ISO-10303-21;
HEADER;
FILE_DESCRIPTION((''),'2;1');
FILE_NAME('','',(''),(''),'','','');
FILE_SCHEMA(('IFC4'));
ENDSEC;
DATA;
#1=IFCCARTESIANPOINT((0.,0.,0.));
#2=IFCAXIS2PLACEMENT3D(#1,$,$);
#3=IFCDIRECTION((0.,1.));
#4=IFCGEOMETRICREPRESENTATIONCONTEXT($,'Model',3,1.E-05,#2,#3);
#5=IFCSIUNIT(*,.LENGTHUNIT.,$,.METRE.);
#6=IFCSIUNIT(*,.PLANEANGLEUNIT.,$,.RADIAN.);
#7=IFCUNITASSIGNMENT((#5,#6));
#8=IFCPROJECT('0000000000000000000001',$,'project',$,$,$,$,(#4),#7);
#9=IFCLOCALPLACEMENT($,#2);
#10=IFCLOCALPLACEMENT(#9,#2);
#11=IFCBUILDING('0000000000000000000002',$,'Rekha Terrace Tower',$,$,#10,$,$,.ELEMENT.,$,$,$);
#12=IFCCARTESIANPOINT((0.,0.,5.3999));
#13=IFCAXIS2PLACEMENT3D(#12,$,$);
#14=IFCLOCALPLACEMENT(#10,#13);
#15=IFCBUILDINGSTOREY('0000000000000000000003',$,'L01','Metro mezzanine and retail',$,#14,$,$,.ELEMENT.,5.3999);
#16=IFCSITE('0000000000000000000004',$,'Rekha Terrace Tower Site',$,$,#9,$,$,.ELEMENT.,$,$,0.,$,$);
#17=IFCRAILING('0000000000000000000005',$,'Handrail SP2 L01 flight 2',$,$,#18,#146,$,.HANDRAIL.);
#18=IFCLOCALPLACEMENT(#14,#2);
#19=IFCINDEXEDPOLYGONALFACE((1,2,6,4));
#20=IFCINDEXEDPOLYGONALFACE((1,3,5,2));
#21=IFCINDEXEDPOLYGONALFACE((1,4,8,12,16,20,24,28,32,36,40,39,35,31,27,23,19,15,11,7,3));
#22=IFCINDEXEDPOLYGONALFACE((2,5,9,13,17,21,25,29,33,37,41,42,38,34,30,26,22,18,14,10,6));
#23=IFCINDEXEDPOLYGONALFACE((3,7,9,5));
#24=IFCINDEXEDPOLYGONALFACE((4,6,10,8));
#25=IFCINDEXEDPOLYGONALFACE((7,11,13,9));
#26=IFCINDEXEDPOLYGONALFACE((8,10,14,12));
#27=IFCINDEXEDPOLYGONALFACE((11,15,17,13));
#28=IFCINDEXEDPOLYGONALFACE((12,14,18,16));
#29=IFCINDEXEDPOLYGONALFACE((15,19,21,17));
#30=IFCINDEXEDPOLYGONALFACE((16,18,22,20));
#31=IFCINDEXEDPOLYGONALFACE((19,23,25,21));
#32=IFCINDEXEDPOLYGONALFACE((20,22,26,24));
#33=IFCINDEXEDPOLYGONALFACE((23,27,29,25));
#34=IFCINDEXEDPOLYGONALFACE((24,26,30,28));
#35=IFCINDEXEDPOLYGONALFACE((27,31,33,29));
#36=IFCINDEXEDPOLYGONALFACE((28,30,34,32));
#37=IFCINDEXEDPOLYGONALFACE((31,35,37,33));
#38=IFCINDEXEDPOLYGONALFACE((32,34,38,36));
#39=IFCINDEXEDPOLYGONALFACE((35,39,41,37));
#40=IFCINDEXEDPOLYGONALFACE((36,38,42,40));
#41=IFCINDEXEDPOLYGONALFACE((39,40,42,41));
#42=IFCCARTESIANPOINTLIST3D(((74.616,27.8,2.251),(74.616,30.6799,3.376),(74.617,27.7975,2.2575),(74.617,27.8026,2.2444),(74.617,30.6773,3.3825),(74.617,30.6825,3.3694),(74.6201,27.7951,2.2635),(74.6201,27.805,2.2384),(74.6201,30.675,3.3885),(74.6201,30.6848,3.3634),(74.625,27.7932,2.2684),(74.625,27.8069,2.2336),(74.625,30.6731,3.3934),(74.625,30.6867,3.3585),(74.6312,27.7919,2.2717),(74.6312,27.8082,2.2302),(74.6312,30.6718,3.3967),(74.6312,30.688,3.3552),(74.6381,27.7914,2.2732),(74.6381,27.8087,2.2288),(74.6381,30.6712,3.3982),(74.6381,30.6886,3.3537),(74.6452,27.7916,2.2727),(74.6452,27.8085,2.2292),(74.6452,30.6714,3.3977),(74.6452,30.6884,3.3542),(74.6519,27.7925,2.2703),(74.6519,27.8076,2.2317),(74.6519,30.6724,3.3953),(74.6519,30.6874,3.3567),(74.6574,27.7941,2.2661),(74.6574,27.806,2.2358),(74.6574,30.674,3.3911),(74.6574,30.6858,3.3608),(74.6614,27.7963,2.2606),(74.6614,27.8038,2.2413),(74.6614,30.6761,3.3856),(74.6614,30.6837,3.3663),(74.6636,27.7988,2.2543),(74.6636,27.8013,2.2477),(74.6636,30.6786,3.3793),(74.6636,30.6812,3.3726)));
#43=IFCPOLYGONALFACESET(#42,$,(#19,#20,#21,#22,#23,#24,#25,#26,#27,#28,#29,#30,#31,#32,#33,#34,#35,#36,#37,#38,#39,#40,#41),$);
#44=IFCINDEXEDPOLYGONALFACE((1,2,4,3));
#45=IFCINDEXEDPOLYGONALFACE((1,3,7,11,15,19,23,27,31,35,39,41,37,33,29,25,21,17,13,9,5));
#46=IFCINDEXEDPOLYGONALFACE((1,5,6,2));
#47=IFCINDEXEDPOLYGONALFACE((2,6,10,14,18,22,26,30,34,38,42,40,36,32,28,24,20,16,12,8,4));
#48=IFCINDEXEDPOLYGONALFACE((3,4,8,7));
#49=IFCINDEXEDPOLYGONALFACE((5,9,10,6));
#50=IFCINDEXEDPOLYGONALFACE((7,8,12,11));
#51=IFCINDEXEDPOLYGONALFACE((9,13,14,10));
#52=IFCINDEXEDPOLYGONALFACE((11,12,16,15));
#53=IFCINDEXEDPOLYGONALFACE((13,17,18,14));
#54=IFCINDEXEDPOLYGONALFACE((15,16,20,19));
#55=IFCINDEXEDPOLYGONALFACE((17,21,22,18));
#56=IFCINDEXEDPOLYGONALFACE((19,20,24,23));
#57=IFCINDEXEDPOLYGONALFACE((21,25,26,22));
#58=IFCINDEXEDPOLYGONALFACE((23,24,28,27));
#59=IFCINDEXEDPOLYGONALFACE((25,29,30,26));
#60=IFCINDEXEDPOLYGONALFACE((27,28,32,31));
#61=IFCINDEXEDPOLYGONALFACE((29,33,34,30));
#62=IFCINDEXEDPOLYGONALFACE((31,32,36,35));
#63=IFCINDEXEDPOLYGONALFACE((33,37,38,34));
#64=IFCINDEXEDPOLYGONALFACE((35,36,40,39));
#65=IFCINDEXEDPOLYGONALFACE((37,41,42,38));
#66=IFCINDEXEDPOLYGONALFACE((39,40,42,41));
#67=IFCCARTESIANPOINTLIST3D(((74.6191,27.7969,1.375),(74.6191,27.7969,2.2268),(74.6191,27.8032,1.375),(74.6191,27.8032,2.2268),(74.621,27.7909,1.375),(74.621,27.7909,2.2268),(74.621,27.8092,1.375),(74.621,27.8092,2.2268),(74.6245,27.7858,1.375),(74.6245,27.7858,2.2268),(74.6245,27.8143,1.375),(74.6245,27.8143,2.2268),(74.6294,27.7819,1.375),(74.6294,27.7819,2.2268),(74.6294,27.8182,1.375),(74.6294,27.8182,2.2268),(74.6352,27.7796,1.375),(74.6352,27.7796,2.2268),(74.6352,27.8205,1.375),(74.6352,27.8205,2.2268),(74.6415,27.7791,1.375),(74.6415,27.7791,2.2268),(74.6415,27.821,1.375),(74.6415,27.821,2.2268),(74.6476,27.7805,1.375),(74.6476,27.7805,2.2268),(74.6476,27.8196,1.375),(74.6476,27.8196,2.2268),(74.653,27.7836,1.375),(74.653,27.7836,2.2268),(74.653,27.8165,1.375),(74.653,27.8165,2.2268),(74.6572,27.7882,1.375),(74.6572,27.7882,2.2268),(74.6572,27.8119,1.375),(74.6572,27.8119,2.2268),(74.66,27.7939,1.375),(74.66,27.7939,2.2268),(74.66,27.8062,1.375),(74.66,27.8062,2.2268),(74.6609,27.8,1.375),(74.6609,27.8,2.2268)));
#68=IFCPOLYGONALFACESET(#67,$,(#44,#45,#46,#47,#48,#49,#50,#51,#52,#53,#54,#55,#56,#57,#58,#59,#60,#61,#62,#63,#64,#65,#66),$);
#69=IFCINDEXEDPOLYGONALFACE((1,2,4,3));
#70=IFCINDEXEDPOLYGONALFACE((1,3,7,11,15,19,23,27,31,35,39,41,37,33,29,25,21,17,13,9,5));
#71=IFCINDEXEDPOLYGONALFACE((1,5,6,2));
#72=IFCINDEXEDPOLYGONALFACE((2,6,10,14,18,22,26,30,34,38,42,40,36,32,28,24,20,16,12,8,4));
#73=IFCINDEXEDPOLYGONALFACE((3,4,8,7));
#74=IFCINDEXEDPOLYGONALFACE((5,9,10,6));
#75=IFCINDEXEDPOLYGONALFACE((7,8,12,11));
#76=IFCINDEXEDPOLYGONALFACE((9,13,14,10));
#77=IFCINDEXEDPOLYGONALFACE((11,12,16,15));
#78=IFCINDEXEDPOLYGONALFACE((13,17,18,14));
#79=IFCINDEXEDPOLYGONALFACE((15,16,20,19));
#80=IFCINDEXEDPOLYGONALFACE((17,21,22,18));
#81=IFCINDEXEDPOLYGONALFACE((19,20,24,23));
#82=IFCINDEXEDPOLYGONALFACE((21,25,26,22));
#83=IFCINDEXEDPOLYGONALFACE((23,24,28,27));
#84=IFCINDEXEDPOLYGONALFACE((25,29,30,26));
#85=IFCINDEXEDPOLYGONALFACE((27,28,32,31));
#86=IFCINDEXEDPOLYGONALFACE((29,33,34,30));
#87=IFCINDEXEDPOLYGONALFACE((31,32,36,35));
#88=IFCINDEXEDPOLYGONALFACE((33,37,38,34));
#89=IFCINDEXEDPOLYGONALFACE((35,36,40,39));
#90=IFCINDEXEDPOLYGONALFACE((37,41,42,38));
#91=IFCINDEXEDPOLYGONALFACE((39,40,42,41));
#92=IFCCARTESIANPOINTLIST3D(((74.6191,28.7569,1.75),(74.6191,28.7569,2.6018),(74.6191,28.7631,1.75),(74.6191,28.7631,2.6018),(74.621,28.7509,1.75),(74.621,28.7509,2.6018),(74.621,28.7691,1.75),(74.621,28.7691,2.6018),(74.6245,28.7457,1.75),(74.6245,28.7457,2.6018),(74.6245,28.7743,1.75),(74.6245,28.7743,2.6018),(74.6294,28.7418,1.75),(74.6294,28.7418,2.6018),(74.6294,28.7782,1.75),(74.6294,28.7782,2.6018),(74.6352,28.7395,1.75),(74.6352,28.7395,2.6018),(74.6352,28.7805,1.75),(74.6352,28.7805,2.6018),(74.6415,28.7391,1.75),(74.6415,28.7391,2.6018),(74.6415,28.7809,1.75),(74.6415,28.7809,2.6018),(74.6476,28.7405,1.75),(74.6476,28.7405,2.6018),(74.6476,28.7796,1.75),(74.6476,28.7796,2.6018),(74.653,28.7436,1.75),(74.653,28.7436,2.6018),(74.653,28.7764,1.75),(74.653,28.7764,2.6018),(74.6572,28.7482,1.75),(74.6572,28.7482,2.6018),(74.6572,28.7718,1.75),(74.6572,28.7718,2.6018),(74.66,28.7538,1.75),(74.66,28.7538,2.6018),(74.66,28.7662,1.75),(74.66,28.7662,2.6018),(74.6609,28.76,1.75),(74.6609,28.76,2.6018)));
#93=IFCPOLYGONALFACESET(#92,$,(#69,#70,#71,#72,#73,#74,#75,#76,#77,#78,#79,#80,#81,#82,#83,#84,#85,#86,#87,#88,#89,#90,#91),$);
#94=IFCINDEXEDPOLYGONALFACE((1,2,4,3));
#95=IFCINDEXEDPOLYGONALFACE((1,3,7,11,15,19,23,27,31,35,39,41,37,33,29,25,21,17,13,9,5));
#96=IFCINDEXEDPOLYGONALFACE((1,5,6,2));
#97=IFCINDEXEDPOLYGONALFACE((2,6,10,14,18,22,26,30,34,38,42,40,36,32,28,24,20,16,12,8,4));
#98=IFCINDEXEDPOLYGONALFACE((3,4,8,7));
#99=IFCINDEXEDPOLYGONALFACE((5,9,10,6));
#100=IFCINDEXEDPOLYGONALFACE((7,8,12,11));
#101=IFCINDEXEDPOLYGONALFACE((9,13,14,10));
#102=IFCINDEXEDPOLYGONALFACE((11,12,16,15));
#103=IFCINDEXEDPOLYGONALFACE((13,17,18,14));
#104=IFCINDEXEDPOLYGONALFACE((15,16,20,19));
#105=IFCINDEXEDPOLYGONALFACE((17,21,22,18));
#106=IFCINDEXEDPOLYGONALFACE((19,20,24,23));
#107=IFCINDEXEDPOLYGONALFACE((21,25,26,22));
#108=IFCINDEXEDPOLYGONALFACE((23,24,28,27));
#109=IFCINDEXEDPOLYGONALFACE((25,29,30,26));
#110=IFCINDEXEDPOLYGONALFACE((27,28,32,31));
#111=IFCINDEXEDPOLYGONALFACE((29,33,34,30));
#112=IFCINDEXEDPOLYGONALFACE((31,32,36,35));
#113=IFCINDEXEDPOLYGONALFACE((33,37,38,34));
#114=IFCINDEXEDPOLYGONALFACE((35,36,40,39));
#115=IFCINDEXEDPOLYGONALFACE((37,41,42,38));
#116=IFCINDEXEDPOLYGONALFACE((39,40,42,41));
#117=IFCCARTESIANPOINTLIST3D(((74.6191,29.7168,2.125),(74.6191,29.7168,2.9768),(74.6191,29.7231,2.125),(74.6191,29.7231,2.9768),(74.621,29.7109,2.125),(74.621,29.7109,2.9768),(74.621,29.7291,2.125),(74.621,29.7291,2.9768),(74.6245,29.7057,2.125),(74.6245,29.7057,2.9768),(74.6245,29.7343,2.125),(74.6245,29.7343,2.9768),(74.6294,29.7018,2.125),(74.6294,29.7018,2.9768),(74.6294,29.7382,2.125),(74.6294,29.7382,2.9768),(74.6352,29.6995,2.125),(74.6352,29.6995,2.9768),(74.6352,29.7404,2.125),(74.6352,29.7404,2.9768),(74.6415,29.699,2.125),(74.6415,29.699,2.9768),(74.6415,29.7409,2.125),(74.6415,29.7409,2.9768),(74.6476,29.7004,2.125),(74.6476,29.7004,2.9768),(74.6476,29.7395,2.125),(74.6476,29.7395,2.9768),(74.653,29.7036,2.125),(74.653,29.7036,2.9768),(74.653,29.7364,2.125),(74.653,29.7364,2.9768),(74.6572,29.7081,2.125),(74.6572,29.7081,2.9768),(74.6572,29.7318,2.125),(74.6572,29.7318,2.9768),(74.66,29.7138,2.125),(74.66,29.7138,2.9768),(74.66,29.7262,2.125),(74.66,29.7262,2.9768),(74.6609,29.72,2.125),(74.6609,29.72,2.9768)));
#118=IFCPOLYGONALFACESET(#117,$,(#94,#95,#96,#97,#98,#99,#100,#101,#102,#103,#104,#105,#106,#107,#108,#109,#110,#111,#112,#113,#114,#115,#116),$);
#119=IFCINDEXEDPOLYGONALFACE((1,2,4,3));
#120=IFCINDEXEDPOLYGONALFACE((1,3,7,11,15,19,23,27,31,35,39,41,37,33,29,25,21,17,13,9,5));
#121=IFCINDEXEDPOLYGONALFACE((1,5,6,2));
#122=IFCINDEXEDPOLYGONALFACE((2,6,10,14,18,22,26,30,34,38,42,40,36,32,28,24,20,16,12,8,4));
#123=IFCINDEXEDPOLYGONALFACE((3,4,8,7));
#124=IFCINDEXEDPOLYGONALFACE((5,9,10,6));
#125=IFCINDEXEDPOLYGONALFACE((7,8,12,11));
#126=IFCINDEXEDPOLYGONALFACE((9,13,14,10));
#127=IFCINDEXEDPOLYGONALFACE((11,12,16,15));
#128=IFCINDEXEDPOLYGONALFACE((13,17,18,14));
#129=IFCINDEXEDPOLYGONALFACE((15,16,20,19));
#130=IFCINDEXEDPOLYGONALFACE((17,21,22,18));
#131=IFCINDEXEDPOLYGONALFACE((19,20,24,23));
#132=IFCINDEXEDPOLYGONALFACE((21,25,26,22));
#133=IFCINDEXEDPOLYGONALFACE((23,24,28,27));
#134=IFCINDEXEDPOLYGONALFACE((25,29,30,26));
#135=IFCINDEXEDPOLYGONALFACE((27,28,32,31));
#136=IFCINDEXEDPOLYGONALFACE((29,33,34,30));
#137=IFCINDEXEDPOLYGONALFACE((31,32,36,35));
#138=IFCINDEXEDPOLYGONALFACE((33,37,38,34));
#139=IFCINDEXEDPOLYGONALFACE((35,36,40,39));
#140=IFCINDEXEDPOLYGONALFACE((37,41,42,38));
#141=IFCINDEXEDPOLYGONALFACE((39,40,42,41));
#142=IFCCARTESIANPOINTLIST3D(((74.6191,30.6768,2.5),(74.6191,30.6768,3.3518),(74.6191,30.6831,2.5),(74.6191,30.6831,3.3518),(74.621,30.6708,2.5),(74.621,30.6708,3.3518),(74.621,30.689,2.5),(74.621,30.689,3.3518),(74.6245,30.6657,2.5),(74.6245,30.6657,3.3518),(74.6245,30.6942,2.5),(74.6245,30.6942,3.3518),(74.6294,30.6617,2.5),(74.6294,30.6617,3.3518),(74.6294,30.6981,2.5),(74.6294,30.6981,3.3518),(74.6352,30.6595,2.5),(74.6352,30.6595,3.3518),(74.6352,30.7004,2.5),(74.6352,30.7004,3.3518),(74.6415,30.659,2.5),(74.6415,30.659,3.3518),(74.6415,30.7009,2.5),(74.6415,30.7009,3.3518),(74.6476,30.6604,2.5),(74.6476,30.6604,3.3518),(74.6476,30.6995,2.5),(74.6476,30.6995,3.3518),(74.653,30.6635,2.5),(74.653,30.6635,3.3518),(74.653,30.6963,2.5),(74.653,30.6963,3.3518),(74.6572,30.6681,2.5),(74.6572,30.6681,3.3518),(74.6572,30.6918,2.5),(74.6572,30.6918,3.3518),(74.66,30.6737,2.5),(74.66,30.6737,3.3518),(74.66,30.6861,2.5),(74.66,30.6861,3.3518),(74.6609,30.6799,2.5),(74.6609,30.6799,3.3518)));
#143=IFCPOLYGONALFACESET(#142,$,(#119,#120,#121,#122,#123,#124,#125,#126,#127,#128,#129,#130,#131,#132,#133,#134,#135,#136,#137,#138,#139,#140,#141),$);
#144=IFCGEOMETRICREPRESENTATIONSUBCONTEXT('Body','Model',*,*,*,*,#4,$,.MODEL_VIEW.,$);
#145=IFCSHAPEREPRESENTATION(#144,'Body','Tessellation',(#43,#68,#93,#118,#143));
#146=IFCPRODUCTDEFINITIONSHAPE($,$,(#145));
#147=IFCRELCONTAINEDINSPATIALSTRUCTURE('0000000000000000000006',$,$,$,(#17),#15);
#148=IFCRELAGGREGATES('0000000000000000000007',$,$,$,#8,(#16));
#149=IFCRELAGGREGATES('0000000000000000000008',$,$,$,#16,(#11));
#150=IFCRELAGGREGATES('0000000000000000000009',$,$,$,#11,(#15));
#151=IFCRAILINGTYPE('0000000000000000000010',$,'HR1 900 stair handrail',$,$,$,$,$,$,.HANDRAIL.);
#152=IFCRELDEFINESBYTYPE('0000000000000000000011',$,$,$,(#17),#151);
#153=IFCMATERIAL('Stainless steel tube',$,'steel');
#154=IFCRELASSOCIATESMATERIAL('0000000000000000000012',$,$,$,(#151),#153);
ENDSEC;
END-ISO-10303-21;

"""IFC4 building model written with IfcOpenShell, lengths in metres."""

from ifc_helpers import new_model, si_unit, direction, frame, origin, origin_2d, place, context, subcontext, project, spatial, circle, extrude, material, type_object, element, save


model = new_model("IFC4")

# Units and contexts
model_context = context("Model", 3, precision=1e-05, world=origin(), true_north=direction((0.0, 1.0)))
body_context = subcontext(model_context, "Body", "Model", "MODEL_VIEW")
ifc_project = project(units=[si_unit("LENGTHUNIT", "METRE"), si_unit("PLANEANGLEUNIT", "RADIAN")], contexts=[model_context])

# Site, building, storey
site_placement = place(None, origin())
site = spatial("IfcSite", under=ifc_project, at=site_placement, Name="Rekha Terrace Tower Site", CompositionType="ELEMENT", RefElevation=0.0)
building_placement = place(site_placement, origin())
building = spatial("IfcBuilding", under=site, at=building_placement, Name="Rekha Terrace Tower", CompositionType="ELEMENT")
storey_placement = place(building_placement, frame((0.0, 0.0, 5.3999)))
storey = spatial("IfcBuildingStorey", under=building, at=storey_placement, Name="L01", Description="Metro mezzanine and retail", CompositionType="ELEMENT", Elevation=5.3999)

# Railing
ifc_material_1 = material(Name="Stainless steel tube", Category="steel")
railing_type_1 = type_object("IfcRailingType", Name="HR1 900 stair handrail", PredefinedType="HANDRAIL", material=ifc_material_1)
railing_1_placement = place(storey_placement, frame((74.6399, 27.8, 1.375)))
element("IfcRailing", 1, at=railing_1_placement, inside=storey, type_object=railing_type_1, Name="Handrail SP2 L01 flight 2", PredefinedType="HANDRAIL", context=body_context, shape_type="SweptSolid", body=[
    extrude(circle(Radius=0.0239, at=origin_2d()), frame((0.0, 0.0, 0.876), z_axis=(0.0, 0.931452, 0.363863), x_axis=(-1.0, 0.0, 0.0)), (0.0, 0.0, 1.0), 3.0918),
    extrude(circle(Radius=0.021, at=origin_2d()), origin(), (0.0, 0.0, 1.0), 0.8518),
    extrude(circle(Radius=0.021, at=origin_2d()), frame((0.0, 0.96, 0.375)), (0.0, 0.0, 1.0), 0.8518),
    extrude(circle(Radius=0.021, at=origin_2d()), frame((0.0, 1.9199, 0.75)), (0.0, 0.0, 1.0), 0.8518),
    extrude(circle(Radius=0.021, at=origin_2d()), frame((0.0, 2.8799, 1.125)), (0.0, 0.0, 1.0), 0.8518),
])

save(model, "model.ifc")
